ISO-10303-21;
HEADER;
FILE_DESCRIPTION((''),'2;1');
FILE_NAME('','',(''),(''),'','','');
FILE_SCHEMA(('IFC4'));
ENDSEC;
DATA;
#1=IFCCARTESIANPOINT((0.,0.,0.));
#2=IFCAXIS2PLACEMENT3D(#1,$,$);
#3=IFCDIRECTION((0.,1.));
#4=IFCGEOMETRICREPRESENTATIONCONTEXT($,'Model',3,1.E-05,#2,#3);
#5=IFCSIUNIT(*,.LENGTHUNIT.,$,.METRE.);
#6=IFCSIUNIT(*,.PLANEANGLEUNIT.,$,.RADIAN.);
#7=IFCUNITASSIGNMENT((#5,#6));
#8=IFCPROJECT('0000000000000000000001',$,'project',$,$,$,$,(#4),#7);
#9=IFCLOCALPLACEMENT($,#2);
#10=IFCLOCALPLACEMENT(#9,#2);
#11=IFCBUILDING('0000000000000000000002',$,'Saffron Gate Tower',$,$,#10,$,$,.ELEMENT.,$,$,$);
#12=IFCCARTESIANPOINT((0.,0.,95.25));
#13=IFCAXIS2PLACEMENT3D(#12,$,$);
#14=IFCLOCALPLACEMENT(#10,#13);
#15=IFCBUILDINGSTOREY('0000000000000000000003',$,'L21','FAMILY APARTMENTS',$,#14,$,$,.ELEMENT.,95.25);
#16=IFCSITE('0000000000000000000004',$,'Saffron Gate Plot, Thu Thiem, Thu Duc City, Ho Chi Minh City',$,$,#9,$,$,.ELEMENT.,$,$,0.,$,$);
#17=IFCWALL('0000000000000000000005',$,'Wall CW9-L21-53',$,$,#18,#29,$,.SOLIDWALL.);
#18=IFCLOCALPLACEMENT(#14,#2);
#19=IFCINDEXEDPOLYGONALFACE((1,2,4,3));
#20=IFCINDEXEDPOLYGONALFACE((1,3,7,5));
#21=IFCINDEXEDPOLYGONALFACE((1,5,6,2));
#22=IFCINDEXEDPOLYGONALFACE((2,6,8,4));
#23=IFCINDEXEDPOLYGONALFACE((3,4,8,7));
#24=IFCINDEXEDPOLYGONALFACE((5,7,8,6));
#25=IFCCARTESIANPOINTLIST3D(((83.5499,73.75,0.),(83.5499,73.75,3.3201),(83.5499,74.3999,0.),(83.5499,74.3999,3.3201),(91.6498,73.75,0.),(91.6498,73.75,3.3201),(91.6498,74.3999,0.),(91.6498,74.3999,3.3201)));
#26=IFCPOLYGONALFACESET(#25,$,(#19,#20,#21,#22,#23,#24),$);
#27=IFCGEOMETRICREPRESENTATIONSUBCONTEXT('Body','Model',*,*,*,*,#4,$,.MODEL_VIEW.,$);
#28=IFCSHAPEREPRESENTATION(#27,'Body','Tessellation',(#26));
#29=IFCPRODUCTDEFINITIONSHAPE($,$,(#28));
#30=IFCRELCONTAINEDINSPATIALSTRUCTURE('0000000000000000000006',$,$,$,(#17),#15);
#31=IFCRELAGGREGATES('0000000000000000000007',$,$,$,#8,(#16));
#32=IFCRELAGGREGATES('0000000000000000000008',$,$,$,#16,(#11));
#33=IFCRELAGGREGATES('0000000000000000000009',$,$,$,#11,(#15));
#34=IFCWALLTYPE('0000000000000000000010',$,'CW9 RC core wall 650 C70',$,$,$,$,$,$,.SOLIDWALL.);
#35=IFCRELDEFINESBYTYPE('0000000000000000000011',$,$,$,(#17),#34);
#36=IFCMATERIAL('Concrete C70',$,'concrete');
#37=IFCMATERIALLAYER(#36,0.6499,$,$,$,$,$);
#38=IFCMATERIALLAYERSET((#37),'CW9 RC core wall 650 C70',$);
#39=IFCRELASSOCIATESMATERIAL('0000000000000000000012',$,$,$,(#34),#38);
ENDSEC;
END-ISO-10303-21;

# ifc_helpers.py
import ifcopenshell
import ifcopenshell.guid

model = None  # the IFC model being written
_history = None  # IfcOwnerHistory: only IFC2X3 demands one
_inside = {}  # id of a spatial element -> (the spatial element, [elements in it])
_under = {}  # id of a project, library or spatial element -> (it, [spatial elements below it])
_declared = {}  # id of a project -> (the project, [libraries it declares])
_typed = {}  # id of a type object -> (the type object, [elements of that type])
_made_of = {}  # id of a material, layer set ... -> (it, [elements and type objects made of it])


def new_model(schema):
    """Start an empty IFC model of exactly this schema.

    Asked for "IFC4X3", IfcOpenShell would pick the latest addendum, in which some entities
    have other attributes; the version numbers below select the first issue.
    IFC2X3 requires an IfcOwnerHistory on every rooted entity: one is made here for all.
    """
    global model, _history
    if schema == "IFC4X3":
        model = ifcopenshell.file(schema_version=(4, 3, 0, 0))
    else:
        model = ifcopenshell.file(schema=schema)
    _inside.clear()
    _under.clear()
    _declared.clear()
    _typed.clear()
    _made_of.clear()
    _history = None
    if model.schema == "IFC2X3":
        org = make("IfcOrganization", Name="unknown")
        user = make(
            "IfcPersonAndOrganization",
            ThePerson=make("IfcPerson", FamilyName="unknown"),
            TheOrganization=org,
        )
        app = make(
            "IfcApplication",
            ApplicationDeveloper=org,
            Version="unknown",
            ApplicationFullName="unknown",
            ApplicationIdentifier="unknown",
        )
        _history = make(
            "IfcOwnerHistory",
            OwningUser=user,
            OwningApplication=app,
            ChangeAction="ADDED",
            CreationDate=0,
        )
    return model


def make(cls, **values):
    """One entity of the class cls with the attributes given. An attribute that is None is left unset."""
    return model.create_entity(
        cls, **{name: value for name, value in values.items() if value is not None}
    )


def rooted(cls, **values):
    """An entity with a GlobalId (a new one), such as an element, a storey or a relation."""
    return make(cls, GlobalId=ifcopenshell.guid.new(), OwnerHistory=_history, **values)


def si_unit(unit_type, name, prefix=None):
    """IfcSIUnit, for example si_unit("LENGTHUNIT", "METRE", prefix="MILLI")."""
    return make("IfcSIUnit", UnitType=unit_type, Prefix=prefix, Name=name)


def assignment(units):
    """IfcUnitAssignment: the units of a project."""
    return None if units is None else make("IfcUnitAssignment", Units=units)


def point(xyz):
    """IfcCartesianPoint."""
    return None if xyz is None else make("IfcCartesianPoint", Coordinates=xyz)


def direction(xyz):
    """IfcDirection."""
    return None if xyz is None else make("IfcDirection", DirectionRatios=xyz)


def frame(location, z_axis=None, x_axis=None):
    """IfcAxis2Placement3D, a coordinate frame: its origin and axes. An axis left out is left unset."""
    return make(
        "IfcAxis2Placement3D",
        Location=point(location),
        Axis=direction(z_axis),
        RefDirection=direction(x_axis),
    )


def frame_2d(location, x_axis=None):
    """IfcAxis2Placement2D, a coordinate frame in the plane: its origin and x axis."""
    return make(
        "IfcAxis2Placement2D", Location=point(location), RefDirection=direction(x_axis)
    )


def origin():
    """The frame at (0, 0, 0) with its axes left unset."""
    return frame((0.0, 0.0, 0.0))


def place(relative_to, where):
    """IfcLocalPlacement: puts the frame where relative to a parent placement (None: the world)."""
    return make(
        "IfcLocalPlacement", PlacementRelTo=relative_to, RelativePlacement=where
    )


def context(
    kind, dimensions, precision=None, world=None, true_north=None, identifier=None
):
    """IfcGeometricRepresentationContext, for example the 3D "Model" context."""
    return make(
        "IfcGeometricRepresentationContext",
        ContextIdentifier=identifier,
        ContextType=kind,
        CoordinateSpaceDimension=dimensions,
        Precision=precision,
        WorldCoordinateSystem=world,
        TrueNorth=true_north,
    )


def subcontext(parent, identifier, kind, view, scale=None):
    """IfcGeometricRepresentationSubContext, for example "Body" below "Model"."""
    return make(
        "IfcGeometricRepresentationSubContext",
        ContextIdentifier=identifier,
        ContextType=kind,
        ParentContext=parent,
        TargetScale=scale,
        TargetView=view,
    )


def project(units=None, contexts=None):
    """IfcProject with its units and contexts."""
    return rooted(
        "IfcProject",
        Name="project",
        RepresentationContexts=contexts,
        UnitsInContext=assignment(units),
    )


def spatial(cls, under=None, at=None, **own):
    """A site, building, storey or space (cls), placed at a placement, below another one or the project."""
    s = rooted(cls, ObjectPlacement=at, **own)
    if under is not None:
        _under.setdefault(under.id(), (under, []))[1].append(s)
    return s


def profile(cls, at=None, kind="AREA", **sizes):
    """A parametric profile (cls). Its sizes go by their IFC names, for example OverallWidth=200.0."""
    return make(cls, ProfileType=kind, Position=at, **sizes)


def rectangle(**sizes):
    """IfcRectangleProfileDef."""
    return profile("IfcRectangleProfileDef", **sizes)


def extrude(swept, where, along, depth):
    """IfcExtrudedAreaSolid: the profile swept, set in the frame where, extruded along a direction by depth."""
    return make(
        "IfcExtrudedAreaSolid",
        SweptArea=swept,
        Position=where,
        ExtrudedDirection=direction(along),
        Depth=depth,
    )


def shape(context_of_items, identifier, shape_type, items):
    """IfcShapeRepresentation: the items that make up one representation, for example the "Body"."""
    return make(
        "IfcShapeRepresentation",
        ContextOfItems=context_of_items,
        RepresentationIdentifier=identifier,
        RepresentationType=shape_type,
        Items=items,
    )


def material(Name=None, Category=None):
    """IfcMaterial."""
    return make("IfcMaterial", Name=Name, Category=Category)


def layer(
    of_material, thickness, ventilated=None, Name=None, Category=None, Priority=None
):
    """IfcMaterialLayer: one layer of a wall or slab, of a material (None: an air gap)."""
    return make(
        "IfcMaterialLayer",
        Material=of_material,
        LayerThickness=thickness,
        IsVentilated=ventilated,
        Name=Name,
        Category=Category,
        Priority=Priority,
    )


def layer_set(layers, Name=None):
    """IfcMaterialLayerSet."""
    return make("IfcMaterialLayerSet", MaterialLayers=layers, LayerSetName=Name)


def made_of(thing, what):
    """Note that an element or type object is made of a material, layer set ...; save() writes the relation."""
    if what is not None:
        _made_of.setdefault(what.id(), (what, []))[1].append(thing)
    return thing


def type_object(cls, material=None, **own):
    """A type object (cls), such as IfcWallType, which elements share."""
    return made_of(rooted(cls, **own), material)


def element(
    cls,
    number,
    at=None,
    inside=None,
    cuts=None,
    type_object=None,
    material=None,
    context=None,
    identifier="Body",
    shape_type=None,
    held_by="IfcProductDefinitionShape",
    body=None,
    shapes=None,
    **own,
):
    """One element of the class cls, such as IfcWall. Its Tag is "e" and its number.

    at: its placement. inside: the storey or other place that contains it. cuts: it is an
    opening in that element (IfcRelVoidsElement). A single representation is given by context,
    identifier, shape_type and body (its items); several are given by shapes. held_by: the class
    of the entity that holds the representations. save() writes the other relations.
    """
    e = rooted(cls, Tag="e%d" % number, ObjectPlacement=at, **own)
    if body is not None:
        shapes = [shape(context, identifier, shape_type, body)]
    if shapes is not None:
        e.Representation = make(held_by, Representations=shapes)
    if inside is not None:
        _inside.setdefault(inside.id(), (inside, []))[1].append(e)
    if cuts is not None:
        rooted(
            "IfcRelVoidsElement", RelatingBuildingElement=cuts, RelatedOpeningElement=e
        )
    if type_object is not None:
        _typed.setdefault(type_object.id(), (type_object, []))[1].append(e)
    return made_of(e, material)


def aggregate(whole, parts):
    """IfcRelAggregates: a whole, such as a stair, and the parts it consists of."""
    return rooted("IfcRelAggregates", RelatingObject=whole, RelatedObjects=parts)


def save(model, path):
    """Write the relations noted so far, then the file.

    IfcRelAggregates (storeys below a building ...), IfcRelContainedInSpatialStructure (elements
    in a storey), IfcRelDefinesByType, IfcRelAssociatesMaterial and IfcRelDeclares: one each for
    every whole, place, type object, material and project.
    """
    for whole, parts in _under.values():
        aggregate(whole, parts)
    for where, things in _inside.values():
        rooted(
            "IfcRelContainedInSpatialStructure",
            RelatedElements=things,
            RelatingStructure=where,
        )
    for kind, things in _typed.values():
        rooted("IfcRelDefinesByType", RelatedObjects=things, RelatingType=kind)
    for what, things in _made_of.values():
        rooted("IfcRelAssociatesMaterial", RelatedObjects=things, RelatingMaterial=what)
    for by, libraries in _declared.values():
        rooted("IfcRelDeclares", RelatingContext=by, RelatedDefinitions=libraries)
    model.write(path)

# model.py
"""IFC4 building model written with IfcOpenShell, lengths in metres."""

from ifc_helpers import new_model, si_unit, direction, frame, frame_2d, origin, place, context, subcontext, project, spatial, rectangle, extrude, material, layer, layer_set, type_object, element, save


model = new_model("IFC4")

# Units and contexts
model_context = context("Model", 3, precision=1e-05, world=origin(), true_north=direction((0.0, 1.0)))
body_context = subcontext(model_context, "Body", "Model", "MODEL_VIEW")
ifc_project = project(units=[si_unit("LENGTHUNIT", "METRE"), si_unit("PLANEANGLEUNIT", "RADIAN")], contexts=[model_context])

# Site, building, storey
site_placement = place(None, origin())
site = spatial("IfcSite", under=ifc_project, at=site_placement, Name="Saffron Gate Plot, Thu Thiem, Thu Duc City, Ho Chi Minh City", CompositionType="ELEMENT", RefElevation=0.0)
building_placement = place(site_placement, origin())
building = spatial("IfcBuilding", under=site, at=building_placement, Name="Saffron Gate Tower", CompositionType="ELEMENT")
storey_placement = place(building_placement, frame((0.0, 0.0, 95.25)))
storey = spatial("IfcBuildingStorey", under=building, at=storey_placement, Name="L21", Description="FAMILY APARTMENTS", CompositionType="ELEMENT", Elevation=95.25)

# Shared definitions
ifc_material_1 = material(Name="Concrete C70", Category="concrete")

# Wall
ifc_layer_1 = layer(ifc_material_1, 0.6499)
ifc_layer_set_1 = layer_set([ifc_layer_1], Name="CW9 RC core wall 650 C70")
wall_type_1 = type_object("IfcWallType", Name="CW9 RC core wall 650 C70", PredefinedType="SOLIDWALL", material=ifc_layer_set_1)
wall_1_placement = place(storey_placement, frame((83.55, 74.075, 0.0), z_axis=(0.0, 0.0, 1.0), x_axis=(1.0, 0.0, 0.0)))
element("IfcWall", 1, at=wall_1_placement, inside=storey, type_object=wall_type_1, Name="Wall CW9-L21-53", PredefinedType="SOLIDWALL", context=body_context, shape_type="SweptSolid", body=[
    extrude(rectangle(XDim=8.0999, YDim=0.6499, at=frame_2d((4.0498, 0.0))), origin(), (0.0, 0.0, 1.0), 3.3201),
])

save(model, "model.ifc")
